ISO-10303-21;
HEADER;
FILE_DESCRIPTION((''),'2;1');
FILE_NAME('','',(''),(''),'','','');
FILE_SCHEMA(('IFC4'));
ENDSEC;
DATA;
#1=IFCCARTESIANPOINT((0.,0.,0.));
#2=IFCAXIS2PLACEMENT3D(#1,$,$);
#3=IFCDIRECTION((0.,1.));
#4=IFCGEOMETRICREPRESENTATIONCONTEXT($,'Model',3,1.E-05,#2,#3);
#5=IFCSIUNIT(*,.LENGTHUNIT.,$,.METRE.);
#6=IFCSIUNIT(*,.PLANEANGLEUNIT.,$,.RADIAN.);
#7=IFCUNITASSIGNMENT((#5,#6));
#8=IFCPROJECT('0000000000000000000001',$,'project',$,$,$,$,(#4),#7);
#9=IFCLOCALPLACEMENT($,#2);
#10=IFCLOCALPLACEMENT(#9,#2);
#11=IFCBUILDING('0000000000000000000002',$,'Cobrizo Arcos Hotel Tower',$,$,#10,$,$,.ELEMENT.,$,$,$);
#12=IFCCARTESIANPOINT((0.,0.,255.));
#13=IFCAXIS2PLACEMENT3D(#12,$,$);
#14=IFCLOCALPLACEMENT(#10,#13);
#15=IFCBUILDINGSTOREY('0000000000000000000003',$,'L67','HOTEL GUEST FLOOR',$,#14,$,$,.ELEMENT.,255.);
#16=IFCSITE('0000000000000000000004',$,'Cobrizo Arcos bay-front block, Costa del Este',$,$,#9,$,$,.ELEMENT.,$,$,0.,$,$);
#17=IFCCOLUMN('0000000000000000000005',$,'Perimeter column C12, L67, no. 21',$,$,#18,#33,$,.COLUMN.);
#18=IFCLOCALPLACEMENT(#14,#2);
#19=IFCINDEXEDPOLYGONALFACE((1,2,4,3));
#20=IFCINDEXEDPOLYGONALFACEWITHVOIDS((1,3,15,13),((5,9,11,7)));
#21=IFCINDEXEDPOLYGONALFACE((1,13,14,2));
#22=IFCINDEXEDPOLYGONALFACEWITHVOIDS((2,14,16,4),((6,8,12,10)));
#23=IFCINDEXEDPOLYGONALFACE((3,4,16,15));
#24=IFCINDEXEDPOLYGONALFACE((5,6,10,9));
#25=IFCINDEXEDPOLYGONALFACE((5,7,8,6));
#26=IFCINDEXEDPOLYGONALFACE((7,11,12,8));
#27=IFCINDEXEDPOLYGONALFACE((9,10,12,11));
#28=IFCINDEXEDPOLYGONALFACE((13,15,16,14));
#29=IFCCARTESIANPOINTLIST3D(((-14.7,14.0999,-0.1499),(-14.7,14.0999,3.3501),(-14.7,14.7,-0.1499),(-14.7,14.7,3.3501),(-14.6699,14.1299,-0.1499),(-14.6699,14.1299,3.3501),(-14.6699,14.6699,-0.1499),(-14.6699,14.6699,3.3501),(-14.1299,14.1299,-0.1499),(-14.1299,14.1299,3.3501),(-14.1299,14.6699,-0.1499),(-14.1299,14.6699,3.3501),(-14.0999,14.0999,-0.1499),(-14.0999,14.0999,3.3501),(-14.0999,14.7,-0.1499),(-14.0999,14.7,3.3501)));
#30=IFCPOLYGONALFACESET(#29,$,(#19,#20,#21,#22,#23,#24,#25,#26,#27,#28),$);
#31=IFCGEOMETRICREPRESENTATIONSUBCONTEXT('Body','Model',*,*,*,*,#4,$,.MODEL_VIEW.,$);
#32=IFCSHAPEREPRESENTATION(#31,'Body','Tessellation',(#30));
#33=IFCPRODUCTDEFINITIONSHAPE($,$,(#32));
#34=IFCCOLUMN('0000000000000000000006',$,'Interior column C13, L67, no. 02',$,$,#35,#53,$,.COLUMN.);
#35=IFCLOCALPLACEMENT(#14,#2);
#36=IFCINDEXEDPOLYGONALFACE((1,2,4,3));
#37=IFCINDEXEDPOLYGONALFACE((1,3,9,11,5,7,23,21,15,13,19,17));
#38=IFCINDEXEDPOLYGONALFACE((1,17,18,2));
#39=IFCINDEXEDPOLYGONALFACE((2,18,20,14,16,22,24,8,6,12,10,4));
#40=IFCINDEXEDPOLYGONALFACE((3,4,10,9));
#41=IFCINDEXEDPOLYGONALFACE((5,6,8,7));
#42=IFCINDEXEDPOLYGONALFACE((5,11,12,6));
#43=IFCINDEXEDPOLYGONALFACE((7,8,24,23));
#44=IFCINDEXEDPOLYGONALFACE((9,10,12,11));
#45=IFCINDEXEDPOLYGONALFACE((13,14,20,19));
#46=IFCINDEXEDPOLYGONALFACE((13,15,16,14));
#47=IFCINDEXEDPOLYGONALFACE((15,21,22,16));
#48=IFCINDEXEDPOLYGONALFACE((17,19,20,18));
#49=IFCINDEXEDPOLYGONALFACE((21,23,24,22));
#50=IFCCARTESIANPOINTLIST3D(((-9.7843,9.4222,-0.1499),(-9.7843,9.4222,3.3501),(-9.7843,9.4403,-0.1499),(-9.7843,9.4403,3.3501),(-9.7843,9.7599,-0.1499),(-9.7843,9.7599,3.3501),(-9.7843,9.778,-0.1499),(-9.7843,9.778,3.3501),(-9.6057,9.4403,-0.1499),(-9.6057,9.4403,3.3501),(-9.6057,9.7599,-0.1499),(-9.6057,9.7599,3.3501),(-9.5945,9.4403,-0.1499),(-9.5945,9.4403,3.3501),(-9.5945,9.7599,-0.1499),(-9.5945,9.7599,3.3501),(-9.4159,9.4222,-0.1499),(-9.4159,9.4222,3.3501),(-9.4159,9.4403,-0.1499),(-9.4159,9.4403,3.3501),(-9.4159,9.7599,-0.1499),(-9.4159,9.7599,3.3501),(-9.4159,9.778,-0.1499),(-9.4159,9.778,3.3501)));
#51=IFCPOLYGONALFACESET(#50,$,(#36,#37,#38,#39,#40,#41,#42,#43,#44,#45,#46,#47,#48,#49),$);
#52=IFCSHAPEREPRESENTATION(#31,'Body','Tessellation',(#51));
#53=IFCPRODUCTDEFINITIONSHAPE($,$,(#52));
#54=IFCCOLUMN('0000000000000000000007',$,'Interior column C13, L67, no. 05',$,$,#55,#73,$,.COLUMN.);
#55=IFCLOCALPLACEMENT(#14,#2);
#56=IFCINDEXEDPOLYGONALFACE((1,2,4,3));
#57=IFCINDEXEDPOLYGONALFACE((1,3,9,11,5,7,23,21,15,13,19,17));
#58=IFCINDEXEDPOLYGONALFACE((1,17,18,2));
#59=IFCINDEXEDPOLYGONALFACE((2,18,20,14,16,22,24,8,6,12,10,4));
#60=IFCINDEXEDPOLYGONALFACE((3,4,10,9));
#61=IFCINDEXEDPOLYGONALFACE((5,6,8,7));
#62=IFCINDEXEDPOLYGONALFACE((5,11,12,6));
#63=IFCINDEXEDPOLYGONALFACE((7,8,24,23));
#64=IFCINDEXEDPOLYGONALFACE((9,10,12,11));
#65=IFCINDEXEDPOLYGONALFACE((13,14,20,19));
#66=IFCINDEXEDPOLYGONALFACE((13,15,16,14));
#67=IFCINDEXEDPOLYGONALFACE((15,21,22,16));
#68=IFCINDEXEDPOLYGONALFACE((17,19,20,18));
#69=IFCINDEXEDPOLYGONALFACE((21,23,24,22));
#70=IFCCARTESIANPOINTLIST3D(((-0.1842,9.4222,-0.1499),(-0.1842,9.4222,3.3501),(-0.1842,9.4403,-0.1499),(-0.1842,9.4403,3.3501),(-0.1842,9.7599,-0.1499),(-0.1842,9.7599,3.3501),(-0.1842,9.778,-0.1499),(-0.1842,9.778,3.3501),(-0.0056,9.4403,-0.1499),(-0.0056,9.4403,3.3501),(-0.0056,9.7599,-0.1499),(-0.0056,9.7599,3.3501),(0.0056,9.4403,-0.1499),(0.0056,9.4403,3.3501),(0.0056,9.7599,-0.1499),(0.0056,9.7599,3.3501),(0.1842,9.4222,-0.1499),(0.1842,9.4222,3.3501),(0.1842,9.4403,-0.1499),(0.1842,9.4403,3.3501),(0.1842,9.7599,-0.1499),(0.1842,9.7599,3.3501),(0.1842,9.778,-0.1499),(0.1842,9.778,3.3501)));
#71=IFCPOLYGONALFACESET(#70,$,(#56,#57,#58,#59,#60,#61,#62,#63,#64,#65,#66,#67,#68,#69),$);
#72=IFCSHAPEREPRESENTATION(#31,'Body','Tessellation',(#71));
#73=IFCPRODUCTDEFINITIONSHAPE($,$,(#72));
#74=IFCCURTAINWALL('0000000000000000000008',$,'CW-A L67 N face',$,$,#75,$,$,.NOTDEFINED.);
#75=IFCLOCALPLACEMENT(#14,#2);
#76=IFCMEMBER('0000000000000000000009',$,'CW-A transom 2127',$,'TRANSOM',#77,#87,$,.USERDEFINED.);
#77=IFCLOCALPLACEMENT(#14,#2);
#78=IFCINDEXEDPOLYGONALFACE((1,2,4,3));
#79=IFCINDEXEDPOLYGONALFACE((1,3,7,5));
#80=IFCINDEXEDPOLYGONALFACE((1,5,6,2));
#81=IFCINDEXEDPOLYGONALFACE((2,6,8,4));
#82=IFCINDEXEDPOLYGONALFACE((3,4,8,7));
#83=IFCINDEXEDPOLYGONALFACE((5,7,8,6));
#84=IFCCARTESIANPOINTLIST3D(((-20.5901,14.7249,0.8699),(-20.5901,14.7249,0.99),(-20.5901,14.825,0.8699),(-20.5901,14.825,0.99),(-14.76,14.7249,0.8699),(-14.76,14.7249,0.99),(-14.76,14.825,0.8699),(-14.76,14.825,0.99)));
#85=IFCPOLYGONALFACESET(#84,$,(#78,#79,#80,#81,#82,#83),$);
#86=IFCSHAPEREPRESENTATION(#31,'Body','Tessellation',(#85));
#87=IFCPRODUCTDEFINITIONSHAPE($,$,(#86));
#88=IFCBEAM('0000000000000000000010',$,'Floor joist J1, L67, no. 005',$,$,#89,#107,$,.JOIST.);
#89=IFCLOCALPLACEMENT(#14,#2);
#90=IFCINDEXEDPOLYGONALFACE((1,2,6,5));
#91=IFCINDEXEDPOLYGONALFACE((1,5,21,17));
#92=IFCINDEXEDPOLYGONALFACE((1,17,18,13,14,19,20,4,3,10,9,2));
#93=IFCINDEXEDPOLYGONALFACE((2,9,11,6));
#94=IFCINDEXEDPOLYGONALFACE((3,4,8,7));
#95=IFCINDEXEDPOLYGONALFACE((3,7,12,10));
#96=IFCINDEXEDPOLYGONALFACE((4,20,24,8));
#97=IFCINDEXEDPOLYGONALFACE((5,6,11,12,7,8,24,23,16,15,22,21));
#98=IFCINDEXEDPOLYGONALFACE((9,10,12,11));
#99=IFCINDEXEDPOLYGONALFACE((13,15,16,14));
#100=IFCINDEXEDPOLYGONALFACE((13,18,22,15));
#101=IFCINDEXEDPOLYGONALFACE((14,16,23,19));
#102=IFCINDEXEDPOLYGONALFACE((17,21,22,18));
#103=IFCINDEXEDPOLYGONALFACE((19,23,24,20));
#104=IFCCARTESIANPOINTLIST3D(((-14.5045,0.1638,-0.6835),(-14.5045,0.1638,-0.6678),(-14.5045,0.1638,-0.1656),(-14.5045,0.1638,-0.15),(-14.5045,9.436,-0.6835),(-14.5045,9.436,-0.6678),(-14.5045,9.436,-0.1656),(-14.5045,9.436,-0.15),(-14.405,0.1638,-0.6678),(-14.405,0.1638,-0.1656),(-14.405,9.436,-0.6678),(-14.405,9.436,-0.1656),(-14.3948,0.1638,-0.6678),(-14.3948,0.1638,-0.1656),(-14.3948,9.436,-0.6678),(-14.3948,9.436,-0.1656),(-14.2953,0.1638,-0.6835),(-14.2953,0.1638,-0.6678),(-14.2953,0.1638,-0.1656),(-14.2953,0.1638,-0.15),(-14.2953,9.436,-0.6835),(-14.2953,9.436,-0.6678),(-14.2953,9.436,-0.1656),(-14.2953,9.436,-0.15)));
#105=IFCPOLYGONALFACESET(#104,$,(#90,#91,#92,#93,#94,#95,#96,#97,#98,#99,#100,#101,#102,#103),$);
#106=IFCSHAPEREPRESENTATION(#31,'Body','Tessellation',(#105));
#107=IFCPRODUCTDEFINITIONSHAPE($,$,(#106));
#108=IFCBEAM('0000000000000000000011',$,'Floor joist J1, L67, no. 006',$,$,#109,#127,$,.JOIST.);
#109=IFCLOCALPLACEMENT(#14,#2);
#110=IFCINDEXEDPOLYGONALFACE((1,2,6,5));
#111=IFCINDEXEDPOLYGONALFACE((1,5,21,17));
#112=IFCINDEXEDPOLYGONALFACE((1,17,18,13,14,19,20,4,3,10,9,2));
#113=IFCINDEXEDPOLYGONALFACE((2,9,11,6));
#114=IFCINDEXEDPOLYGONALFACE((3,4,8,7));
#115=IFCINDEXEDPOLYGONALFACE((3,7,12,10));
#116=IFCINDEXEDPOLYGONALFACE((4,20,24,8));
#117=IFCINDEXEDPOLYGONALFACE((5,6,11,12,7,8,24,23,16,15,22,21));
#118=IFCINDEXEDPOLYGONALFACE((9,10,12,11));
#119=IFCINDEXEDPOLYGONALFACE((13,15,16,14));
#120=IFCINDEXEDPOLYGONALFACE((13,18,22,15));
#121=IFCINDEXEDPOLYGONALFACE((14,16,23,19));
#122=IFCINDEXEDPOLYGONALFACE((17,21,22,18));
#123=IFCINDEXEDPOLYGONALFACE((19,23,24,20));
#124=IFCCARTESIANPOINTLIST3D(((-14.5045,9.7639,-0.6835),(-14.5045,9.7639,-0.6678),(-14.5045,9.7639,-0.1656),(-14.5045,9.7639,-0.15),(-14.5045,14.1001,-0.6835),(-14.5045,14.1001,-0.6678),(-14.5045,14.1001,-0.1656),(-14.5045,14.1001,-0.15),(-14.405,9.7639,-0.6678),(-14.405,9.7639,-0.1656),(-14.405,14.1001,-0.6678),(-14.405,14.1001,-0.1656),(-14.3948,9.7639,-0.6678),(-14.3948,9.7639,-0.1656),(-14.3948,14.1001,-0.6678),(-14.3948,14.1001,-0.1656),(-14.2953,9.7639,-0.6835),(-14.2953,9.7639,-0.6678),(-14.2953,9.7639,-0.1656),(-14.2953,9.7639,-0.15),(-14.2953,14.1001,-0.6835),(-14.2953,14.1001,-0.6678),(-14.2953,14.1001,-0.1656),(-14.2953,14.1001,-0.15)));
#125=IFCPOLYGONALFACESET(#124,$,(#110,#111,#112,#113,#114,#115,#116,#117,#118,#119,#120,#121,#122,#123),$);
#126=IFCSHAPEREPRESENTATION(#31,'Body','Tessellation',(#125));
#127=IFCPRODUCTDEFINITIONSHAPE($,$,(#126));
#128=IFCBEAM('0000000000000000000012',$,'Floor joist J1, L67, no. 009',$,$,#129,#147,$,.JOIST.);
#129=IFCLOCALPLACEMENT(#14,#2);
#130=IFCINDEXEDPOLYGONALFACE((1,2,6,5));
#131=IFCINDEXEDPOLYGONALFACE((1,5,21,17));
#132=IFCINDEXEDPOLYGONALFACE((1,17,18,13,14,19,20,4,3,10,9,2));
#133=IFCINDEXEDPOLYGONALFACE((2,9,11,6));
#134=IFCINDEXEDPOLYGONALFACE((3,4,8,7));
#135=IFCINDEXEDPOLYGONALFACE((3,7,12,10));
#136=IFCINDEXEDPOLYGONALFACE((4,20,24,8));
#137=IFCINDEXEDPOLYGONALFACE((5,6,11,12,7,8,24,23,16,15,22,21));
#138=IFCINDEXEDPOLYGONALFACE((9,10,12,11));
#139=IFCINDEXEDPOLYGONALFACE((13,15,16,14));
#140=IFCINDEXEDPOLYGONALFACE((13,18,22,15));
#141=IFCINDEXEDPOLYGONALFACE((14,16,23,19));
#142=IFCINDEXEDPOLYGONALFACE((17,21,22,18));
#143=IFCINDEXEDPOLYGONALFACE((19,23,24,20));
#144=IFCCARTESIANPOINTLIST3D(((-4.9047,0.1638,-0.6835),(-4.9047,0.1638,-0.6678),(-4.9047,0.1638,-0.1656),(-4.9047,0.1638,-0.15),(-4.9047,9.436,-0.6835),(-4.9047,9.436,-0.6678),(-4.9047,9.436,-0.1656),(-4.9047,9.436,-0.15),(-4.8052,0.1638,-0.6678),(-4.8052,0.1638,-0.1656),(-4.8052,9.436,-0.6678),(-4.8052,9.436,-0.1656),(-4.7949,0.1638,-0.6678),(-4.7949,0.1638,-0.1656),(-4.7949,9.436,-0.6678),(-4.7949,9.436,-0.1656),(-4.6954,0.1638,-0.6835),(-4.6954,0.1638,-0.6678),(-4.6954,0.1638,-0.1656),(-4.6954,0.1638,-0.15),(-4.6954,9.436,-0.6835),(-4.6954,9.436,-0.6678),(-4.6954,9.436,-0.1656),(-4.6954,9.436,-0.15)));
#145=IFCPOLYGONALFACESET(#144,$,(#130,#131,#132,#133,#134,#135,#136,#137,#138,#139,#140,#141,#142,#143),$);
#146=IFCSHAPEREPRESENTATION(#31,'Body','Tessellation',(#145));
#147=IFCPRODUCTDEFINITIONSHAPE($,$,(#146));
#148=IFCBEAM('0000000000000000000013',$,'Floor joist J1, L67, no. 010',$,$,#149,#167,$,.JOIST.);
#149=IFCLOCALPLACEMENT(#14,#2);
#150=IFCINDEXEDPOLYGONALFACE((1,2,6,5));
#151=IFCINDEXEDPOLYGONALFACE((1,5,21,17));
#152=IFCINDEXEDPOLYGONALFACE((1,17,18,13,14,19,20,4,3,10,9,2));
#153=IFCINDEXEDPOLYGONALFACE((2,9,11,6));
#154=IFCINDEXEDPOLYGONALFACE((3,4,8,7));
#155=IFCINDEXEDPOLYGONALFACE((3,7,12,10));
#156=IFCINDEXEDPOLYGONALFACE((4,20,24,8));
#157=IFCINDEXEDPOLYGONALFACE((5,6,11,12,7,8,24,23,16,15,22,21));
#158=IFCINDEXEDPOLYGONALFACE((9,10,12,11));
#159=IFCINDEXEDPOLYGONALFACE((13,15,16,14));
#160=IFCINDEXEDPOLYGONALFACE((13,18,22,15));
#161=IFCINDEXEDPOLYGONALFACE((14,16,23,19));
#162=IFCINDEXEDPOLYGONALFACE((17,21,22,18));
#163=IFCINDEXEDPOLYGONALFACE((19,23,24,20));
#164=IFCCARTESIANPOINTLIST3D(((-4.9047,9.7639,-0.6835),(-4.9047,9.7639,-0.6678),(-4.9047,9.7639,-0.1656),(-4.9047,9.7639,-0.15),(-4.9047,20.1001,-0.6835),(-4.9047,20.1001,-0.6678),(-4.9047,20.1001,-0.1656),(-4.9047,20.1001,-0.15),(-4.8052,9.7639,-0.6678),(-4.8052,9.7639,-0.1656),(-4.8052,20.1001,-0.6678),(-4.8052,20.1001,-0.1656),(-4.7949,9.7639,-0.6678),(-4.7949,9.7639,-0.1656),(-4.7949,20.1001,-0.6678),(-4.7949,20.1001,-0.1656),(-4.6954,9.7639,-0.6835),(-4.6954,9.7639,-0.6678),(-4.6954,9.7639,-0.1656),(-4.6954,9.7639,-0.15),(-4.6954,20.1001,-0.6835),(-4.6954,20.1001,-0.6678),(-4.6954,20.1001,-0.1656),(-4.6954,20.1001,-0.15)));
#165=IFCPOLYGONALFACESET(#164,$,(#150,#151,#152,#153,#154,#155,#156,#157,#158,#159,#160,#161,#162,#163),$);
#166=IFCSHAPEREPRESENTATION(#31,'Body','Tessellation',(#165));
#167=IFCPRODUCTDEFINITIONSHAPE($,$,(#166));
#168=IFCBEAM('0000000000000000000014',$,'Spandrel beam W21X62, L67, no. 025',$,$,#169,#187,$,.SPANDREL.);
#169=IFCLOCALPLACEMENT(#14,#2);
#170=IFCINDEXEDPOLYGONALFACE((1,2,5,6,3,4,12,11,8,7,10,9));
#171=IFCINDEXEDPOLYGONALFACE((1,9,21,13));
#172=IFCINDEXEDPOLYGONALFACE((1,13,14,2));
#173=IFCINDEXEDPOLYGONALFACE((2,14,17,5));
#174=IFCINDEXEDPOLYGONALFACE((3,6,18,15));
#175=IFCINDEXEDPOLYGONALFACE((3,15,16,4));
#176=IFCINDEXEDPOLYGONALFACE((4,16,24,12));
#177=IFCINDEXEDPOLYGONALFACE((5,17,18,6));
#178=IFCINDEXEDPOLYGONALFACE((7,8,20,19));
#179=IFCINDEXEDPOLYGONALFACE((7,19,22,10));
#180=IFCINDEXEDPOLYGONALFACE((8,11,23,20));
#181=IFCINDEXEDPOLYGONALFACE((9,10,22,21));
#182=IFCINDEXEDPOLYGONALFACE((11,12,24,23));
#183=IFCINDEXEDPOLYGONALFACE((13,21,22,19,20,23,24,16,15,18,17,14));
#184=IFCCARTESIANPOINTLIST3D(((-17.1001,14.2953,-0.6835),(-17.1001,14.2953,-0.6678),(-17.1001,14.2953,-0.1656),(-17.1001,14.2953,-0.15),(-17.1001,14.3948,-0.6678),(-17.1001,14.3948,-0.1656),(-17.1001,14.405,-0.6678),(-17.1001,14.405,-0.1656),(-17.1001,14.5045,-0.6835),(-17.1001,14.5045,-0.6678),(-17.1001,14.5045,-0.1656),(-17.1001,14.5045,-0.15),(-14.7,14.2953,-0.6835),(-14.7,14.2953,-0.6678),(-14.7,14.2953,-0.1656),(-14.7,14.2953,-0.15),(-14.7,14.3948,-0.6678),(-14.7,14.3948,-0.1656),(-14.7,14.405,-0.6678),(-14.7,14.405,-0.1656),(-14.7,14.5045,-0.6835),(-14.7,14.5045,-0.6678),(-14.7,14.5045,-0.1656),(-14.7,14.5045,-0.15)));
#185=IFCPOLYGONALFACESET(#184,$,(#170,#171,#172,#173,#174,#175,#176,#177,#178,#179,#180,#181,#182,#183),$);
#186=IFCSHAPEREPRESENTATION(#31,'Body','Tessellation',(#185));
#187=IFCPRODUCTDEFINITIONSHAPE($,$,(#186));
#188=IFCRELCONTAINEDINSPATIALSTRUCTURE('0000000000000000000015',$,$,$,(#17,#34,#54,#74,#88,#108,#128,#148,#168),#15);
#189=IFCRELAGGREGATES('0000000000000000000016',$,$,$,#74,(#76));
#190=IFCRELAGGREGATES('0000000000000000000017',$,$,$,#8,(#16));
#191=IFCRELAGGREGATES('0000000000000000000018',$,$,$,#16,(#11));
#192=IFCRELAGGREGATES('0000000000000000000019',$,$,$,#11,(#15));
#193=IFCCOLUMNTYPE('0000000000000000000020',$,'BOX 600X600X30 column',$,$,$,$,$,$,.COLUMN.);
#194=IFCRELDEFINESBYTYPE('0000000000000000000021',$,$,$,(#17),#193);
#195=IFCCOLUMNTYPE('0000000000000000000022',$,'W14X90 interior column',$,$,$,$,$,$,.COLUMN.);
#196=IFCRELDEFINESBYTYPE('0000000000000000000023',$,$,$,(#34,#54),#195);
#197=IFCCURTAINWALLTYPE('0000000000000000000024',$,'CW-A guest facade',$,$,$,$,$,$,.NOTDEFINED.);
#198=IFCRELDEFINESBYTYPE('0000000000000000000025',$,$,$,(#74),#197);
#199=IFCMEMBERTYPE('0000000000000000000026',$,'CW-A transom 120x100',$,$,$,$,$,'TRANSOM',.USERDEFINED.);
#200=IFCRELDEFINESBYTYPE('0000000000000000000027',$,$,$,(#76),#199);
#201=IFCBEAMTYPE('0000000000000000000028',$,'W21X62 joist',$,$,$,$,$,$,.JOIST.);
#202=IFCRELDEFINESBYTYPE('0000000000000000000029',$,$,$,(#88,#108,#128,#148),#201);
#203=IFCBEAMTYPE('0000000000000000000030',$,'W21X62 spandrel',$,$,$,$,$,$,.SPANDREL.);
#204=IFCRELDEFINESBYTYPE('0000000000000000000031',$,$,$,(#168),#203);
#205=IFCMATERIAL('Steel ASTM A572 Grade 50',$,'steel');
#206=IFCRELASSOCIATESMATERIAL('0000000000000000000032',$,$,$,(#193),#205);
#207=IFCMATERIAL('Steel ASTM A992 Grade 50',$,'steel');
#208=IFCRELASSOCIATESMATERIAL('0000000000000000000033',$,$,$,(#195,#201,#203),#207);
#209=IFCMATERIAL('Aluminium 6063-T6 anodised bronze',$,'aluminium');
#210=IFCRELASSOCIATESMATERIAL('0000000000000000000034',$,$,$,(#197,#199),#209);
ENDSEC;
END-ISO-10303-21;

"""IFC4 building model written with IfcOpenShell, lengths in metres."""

from ifc_helpers import new_model, si_unit, direction, frame, origin, origin_2d, place, context, subcontext, project, spatial, rectangle, hollow_rectangle, i_section, extrude, material, material_profile, profile_set, type_object, element, aggregate, save


model = new_model("IFC4")

# Units and contexts
model_context = context("Model", 3, precision=1e-05, world=origin(), true_north=direction((0.0, 1.0)))
body_context = subcontext(model_context, "Body", "Model", "MODEL_VIEW")
ifc_project = project(units=[si_unit("LENGTHUNIT", "METRE"), si_unit("PLANEANGLEUNIT", "RADIAN")], contexts=[model_context])

# Site, building, storey
site_placement = place(None, origin())
site = spatial("IfcSite", under=ifc_project, at=site_placement, Name="Cobrizo Arcos bay-front block, Costa del Este", CompositionType="ELEMENT", RefElevation=0.0)
building_placement = place(site_placement, origin())
building = spatial("IfcBuilding", under=site, at=building_placement, Name="Cobrizo Arcos Hotel Tower", CompositionType="ELEMENT")
storey_placement = place(building_placement, frame((0.0, 0.0, 255.0)))
storey = spatial("IfcBuildingStorey", under=building, at=storey_placement, Name="L67", Description="HOTEL GUEST FLOOR", CompositionType="ELEMENT", Elevation=255.0)

# Columns
ifc_material_1 = material(Name="Steel ASTM A572 Grade 50", Category="steel")
ifc_material_profile_1 = material_profile(ifc_material_1, hollow_rectangle(XDim=0.6001, YDim=0.6001, WallThickness=0.03, at=origin_2d()), Name="BOX 600X600X30")
ifc_profile_set_1 = profile_set([ifc_material_profile_1], Name="Steel ASTM A572 Grade 50")
column_type_1 = type_object("IfcColumnType", Name="BOX 600X600X30 column", PredefinedType="COLUMN", material=ifc_profile_set_1)
column_placement = place(storey_placement, frame((-14.3999, 14.3999, -0.1499), z_axis=(0.0, 0.0, 1.0), x_axis=(1.0, 0.0, 0.0)))
element("IfcColumn", 1, at=column_placement, inside=storey, type_object=column_type_1, Name="Perimeter column C12, L67, no. 21", PredefinedType="COLUMN", context=body_context, shape_type="SweptSolid", body=[
    extrude(hollow_rectangle(XDim=0.6001, YDim=0.6001, WallThickness=0.03, at=origin_2d()), origin(), (0.0, 0.0, 1.0), 3.5),
])
ifc_material_2 = material(Name="Steel ASTM A992 Grade 50", Category="steel")
ifc_material_profile_2 = material_profile(ifc_material_2, i_section(OverallWidth=0.3684, OverallDepth=0.3557, WebThickness=0.0112, FlangeThickness=0.0181, at=origin_2d()), Name="W14X90")
ifc_profile_set_2 = profile_set([ifc_material_profile_2], Name="Steel ASTM A992 Grade 50")
column_type_2 = type_object("IfcColumnType", Name="W14X90 interior column", PredefinedType="COLUMN", material=ifc_profile_set_2)
for number, where, z_axis, x_axis, name in (
    (2, (-9.6001, 9.6001, -0.1499), (0.0, 0.0, 1.0), (1.0, 0.0, 0.0), "Interior column C13, L67, no. 02"),
    (3, (0.0, 9.6001, -0.1499), (0.0, 0.0, 1.0), (1.0, 0.0, 0.0), "Interior column C13, L67, no. 05"),
):
    element("IfcColumn", number, at=place(storey_placement, frame(where, z_axis=z_axis, x_axis=x_axis)), inside=storey, type_object=column_type_2, Name=name, PredefinedType="COLUMN", context=body_context, shape_type="SweptSolid", body=[
        extrude(i_section(OverallWidth=0.3684, OverallDepth=0.3557, WebThickness=0.0112, FlangeThickness=0.0181, at=origin_2d()), origin(), (0.0, 0.0, 1.0), 3.5),
    ])

# Curtain wall, member
ifc_material_3 = material(Name="Aluminium 6063-T6 anodised bronze", Category="aluminium")
curtain_wall_type = type_object("IfcCurtainWallType", Name="CW-A guest facade", PredefinedType="NOTDEFINED", material=ifc_material_3)
curtain_wall_placement = place(storey_placement, origin())
curtain_wall = element("IfcCurtainWall", 4, at=curtain_wall_placement, inside=storey, type_object=curtain_wall_type, Name="CW-A L67 N face", PredefinedType="NOTDEFINED")
ifc_material_profile_3 = material_profile(ifc_material_3, rectangle(XDim=0.1001, YDim=0.1201, at=origin_2d()), Name="CW-A transom 120x100")
ifc_profile_set_3 = profile_set([ifc_material_profile_3], Name="Aluminium 6063-T6 anodised bronze")
member_type = type_object("IfcMemberType", Name="CW-A transom 120x100", ElementType="TRANSOM", PredefinedType="USERDEFINED", material=ifc_profile_set_3)
member_placement = place(storey_placement, frame((-14.76, 14.7749, 0.9299), z_axis=(-1.0, 0.0, 0.0), x_axis=(0.0, -1.0, 0.0)))
member = element("IfcMember", 5, at=member_placement, type_object=member_type, Name="CW-A transom 2127", ObjectType="TRANSOM", PredefinedType="USERDEFINED", context=body_context, shape_type="SweptSolid", body=[
    extrude(rectangle(XDim=0.1001, YDim=0.1201, at=origin_2d()), origin(), (0.0, 0.0, 1.0), 5.8301),
])
aggregate(curtain_wall, [member])

# Beams
ifc_material_profile_4 = material_profile(ifc_material_2, i_section(OverallWidth=0.2092, OverallDepth=0.5334, WebThickness=0.0103, FlangeThickness=0.0156, at=origin_2d()), Name="W21X62")
ifc_profile_set_4 = profile_set([ifc_material_profile_4], Name="Steel ASTM A992 Grade 50")
beam_type_1 = type_object("IfcBeamType", Name="W21X62 joist", PredefinedType="JOIST", material=ifc_profile_set_4)
beam_1_placement = place(storey_placement, frame((-14.3999, 0.1638, -0.4167), z_axis=(0.0, 1.0, 0.0), x_axis=(-1.0, 0.0, 0.0)))
element("IfcBeam", 6, at=beam_1_placement, inside=storey, type_object=beam_type_1, Name="Floor joist J1, L67, no. 005", PredefinedType="JOIST", context=body_context, shape_type="SweptSolid", body=[
    extrude(i_section(OverallWidth=0.2092, OverallDepth=0.5334, WebThickness=0.0103, FlangeThickness=0.0156, at=origin_2d()), origin(), (0.0, 0.0, 1.0), 9.2722),
])
beam_2_placement = place(storey_placement, frame((-14.3999, 9.7639, -0.4167), z_axis=(0.0, 1.0, 0.0), x_axis=(-1.0, 0.0, 0.0)))
element("IfcBeam", 7, at=beam_2_placement, inside=storey, type_object=beam_type_1, Name="Floor joist J1, L67, no. 006", PredefinedType="JOIST", context=body_context, shape_type="SweptSolid", body=[
    extrude(i_section(OverallWidth=0.2092, OverallDepth=0.5334, WebThickness=0.0103, FlangeThickness=0.0156, at=origin_2d()), origin(), (0.0, 0.0, 1.0), 4.3362),
])
beam_3_placement = place(storey_placement, frame((-4.8, 0.1638, -0.4167), z_axis=(0.0, 1.0, 0.0), x_axis=(-1.0, 0.0, 0.0)))
element("IfcBeam", 8, at=beam_3_placement, inside=storey, type_object=beam_type_1, Name="Floor joist J1, L67, no. 009", PredefinedType="JOIST", context=body_context, shape_type="SweptSolid", body=[
    extrude(i_section(OverallWidth=0.2092, OverallDepth=0.5334, WebThickness=0.0103, FlangeThickness=0.0156, at=origin_2d()), origin(), (0.0, 0.0, 1.0), 9.2722),
])
beam_4_placement = place(storey_placement, frame((-4.8, 9.7639, -0.4167), z_axis=(0.0, 1.0, 0.0), x_axis=(-1.0, 0.0, 0.0)))
element("IfcBeam", 9, at=beam_4_placement, inside=storey, type_object=beam_type_1, Name="Floor joist J1, L67, no. 010", PredefinedType="JOIST", context=body_context, shape_type="SweptSolid", body=[
    extrude(i_section(OverallWidth=0.2092, OverallDepth=0.5334, WebThickness=0.0103, FlangeThickness=0.0156, at=origin_2d()), origin(), (0.0, 0.0, 1.0), 10.3362),
])
ifc_material_profile_5 = material_profile(ifc_material_2, i_section(OverallWidth=0.2092, OverallDepth=0.5334, WebThickness=0.0103, FlangeThickness=0.0156, at=origin_2d()), Name="W21X62")
ifc_profile_set_5 = profile_set([ifc_material_profile_5], Name="Steel ASTM A992 Grade 50")
beam_type_2 = type_object("IfcBeamType", Name="W21X62 spandrel", PredefinedType="SPANDREL", material=ifc_profile_set_5)
beam_5_placement = place(storey_placement, frame((-14.7, 14.3999, -0.4167), z_axis=(-1.0, 0.0, 0.0), x_axis=(0.0, -1.0, 0.0)))
element("IfcBeam", 10, at=beam_5_placement, inside=storey, type_object=beam_type_2, Name="Spandrel beam W21X62, L67, no. 025", PredefinedType="SPANDREL", context=body_context, shape_type="SweptSolid", body=[
    extrude(i_section(OverallWidth=0.2092, OverallDepth=0.5334, WebThickness=0.0103, FlangeThickness=0.0156, at=origin_2d()), origin(), (0.0, 0.0, 1.0), 2.4001),
])

save(model, "model.ifc")
